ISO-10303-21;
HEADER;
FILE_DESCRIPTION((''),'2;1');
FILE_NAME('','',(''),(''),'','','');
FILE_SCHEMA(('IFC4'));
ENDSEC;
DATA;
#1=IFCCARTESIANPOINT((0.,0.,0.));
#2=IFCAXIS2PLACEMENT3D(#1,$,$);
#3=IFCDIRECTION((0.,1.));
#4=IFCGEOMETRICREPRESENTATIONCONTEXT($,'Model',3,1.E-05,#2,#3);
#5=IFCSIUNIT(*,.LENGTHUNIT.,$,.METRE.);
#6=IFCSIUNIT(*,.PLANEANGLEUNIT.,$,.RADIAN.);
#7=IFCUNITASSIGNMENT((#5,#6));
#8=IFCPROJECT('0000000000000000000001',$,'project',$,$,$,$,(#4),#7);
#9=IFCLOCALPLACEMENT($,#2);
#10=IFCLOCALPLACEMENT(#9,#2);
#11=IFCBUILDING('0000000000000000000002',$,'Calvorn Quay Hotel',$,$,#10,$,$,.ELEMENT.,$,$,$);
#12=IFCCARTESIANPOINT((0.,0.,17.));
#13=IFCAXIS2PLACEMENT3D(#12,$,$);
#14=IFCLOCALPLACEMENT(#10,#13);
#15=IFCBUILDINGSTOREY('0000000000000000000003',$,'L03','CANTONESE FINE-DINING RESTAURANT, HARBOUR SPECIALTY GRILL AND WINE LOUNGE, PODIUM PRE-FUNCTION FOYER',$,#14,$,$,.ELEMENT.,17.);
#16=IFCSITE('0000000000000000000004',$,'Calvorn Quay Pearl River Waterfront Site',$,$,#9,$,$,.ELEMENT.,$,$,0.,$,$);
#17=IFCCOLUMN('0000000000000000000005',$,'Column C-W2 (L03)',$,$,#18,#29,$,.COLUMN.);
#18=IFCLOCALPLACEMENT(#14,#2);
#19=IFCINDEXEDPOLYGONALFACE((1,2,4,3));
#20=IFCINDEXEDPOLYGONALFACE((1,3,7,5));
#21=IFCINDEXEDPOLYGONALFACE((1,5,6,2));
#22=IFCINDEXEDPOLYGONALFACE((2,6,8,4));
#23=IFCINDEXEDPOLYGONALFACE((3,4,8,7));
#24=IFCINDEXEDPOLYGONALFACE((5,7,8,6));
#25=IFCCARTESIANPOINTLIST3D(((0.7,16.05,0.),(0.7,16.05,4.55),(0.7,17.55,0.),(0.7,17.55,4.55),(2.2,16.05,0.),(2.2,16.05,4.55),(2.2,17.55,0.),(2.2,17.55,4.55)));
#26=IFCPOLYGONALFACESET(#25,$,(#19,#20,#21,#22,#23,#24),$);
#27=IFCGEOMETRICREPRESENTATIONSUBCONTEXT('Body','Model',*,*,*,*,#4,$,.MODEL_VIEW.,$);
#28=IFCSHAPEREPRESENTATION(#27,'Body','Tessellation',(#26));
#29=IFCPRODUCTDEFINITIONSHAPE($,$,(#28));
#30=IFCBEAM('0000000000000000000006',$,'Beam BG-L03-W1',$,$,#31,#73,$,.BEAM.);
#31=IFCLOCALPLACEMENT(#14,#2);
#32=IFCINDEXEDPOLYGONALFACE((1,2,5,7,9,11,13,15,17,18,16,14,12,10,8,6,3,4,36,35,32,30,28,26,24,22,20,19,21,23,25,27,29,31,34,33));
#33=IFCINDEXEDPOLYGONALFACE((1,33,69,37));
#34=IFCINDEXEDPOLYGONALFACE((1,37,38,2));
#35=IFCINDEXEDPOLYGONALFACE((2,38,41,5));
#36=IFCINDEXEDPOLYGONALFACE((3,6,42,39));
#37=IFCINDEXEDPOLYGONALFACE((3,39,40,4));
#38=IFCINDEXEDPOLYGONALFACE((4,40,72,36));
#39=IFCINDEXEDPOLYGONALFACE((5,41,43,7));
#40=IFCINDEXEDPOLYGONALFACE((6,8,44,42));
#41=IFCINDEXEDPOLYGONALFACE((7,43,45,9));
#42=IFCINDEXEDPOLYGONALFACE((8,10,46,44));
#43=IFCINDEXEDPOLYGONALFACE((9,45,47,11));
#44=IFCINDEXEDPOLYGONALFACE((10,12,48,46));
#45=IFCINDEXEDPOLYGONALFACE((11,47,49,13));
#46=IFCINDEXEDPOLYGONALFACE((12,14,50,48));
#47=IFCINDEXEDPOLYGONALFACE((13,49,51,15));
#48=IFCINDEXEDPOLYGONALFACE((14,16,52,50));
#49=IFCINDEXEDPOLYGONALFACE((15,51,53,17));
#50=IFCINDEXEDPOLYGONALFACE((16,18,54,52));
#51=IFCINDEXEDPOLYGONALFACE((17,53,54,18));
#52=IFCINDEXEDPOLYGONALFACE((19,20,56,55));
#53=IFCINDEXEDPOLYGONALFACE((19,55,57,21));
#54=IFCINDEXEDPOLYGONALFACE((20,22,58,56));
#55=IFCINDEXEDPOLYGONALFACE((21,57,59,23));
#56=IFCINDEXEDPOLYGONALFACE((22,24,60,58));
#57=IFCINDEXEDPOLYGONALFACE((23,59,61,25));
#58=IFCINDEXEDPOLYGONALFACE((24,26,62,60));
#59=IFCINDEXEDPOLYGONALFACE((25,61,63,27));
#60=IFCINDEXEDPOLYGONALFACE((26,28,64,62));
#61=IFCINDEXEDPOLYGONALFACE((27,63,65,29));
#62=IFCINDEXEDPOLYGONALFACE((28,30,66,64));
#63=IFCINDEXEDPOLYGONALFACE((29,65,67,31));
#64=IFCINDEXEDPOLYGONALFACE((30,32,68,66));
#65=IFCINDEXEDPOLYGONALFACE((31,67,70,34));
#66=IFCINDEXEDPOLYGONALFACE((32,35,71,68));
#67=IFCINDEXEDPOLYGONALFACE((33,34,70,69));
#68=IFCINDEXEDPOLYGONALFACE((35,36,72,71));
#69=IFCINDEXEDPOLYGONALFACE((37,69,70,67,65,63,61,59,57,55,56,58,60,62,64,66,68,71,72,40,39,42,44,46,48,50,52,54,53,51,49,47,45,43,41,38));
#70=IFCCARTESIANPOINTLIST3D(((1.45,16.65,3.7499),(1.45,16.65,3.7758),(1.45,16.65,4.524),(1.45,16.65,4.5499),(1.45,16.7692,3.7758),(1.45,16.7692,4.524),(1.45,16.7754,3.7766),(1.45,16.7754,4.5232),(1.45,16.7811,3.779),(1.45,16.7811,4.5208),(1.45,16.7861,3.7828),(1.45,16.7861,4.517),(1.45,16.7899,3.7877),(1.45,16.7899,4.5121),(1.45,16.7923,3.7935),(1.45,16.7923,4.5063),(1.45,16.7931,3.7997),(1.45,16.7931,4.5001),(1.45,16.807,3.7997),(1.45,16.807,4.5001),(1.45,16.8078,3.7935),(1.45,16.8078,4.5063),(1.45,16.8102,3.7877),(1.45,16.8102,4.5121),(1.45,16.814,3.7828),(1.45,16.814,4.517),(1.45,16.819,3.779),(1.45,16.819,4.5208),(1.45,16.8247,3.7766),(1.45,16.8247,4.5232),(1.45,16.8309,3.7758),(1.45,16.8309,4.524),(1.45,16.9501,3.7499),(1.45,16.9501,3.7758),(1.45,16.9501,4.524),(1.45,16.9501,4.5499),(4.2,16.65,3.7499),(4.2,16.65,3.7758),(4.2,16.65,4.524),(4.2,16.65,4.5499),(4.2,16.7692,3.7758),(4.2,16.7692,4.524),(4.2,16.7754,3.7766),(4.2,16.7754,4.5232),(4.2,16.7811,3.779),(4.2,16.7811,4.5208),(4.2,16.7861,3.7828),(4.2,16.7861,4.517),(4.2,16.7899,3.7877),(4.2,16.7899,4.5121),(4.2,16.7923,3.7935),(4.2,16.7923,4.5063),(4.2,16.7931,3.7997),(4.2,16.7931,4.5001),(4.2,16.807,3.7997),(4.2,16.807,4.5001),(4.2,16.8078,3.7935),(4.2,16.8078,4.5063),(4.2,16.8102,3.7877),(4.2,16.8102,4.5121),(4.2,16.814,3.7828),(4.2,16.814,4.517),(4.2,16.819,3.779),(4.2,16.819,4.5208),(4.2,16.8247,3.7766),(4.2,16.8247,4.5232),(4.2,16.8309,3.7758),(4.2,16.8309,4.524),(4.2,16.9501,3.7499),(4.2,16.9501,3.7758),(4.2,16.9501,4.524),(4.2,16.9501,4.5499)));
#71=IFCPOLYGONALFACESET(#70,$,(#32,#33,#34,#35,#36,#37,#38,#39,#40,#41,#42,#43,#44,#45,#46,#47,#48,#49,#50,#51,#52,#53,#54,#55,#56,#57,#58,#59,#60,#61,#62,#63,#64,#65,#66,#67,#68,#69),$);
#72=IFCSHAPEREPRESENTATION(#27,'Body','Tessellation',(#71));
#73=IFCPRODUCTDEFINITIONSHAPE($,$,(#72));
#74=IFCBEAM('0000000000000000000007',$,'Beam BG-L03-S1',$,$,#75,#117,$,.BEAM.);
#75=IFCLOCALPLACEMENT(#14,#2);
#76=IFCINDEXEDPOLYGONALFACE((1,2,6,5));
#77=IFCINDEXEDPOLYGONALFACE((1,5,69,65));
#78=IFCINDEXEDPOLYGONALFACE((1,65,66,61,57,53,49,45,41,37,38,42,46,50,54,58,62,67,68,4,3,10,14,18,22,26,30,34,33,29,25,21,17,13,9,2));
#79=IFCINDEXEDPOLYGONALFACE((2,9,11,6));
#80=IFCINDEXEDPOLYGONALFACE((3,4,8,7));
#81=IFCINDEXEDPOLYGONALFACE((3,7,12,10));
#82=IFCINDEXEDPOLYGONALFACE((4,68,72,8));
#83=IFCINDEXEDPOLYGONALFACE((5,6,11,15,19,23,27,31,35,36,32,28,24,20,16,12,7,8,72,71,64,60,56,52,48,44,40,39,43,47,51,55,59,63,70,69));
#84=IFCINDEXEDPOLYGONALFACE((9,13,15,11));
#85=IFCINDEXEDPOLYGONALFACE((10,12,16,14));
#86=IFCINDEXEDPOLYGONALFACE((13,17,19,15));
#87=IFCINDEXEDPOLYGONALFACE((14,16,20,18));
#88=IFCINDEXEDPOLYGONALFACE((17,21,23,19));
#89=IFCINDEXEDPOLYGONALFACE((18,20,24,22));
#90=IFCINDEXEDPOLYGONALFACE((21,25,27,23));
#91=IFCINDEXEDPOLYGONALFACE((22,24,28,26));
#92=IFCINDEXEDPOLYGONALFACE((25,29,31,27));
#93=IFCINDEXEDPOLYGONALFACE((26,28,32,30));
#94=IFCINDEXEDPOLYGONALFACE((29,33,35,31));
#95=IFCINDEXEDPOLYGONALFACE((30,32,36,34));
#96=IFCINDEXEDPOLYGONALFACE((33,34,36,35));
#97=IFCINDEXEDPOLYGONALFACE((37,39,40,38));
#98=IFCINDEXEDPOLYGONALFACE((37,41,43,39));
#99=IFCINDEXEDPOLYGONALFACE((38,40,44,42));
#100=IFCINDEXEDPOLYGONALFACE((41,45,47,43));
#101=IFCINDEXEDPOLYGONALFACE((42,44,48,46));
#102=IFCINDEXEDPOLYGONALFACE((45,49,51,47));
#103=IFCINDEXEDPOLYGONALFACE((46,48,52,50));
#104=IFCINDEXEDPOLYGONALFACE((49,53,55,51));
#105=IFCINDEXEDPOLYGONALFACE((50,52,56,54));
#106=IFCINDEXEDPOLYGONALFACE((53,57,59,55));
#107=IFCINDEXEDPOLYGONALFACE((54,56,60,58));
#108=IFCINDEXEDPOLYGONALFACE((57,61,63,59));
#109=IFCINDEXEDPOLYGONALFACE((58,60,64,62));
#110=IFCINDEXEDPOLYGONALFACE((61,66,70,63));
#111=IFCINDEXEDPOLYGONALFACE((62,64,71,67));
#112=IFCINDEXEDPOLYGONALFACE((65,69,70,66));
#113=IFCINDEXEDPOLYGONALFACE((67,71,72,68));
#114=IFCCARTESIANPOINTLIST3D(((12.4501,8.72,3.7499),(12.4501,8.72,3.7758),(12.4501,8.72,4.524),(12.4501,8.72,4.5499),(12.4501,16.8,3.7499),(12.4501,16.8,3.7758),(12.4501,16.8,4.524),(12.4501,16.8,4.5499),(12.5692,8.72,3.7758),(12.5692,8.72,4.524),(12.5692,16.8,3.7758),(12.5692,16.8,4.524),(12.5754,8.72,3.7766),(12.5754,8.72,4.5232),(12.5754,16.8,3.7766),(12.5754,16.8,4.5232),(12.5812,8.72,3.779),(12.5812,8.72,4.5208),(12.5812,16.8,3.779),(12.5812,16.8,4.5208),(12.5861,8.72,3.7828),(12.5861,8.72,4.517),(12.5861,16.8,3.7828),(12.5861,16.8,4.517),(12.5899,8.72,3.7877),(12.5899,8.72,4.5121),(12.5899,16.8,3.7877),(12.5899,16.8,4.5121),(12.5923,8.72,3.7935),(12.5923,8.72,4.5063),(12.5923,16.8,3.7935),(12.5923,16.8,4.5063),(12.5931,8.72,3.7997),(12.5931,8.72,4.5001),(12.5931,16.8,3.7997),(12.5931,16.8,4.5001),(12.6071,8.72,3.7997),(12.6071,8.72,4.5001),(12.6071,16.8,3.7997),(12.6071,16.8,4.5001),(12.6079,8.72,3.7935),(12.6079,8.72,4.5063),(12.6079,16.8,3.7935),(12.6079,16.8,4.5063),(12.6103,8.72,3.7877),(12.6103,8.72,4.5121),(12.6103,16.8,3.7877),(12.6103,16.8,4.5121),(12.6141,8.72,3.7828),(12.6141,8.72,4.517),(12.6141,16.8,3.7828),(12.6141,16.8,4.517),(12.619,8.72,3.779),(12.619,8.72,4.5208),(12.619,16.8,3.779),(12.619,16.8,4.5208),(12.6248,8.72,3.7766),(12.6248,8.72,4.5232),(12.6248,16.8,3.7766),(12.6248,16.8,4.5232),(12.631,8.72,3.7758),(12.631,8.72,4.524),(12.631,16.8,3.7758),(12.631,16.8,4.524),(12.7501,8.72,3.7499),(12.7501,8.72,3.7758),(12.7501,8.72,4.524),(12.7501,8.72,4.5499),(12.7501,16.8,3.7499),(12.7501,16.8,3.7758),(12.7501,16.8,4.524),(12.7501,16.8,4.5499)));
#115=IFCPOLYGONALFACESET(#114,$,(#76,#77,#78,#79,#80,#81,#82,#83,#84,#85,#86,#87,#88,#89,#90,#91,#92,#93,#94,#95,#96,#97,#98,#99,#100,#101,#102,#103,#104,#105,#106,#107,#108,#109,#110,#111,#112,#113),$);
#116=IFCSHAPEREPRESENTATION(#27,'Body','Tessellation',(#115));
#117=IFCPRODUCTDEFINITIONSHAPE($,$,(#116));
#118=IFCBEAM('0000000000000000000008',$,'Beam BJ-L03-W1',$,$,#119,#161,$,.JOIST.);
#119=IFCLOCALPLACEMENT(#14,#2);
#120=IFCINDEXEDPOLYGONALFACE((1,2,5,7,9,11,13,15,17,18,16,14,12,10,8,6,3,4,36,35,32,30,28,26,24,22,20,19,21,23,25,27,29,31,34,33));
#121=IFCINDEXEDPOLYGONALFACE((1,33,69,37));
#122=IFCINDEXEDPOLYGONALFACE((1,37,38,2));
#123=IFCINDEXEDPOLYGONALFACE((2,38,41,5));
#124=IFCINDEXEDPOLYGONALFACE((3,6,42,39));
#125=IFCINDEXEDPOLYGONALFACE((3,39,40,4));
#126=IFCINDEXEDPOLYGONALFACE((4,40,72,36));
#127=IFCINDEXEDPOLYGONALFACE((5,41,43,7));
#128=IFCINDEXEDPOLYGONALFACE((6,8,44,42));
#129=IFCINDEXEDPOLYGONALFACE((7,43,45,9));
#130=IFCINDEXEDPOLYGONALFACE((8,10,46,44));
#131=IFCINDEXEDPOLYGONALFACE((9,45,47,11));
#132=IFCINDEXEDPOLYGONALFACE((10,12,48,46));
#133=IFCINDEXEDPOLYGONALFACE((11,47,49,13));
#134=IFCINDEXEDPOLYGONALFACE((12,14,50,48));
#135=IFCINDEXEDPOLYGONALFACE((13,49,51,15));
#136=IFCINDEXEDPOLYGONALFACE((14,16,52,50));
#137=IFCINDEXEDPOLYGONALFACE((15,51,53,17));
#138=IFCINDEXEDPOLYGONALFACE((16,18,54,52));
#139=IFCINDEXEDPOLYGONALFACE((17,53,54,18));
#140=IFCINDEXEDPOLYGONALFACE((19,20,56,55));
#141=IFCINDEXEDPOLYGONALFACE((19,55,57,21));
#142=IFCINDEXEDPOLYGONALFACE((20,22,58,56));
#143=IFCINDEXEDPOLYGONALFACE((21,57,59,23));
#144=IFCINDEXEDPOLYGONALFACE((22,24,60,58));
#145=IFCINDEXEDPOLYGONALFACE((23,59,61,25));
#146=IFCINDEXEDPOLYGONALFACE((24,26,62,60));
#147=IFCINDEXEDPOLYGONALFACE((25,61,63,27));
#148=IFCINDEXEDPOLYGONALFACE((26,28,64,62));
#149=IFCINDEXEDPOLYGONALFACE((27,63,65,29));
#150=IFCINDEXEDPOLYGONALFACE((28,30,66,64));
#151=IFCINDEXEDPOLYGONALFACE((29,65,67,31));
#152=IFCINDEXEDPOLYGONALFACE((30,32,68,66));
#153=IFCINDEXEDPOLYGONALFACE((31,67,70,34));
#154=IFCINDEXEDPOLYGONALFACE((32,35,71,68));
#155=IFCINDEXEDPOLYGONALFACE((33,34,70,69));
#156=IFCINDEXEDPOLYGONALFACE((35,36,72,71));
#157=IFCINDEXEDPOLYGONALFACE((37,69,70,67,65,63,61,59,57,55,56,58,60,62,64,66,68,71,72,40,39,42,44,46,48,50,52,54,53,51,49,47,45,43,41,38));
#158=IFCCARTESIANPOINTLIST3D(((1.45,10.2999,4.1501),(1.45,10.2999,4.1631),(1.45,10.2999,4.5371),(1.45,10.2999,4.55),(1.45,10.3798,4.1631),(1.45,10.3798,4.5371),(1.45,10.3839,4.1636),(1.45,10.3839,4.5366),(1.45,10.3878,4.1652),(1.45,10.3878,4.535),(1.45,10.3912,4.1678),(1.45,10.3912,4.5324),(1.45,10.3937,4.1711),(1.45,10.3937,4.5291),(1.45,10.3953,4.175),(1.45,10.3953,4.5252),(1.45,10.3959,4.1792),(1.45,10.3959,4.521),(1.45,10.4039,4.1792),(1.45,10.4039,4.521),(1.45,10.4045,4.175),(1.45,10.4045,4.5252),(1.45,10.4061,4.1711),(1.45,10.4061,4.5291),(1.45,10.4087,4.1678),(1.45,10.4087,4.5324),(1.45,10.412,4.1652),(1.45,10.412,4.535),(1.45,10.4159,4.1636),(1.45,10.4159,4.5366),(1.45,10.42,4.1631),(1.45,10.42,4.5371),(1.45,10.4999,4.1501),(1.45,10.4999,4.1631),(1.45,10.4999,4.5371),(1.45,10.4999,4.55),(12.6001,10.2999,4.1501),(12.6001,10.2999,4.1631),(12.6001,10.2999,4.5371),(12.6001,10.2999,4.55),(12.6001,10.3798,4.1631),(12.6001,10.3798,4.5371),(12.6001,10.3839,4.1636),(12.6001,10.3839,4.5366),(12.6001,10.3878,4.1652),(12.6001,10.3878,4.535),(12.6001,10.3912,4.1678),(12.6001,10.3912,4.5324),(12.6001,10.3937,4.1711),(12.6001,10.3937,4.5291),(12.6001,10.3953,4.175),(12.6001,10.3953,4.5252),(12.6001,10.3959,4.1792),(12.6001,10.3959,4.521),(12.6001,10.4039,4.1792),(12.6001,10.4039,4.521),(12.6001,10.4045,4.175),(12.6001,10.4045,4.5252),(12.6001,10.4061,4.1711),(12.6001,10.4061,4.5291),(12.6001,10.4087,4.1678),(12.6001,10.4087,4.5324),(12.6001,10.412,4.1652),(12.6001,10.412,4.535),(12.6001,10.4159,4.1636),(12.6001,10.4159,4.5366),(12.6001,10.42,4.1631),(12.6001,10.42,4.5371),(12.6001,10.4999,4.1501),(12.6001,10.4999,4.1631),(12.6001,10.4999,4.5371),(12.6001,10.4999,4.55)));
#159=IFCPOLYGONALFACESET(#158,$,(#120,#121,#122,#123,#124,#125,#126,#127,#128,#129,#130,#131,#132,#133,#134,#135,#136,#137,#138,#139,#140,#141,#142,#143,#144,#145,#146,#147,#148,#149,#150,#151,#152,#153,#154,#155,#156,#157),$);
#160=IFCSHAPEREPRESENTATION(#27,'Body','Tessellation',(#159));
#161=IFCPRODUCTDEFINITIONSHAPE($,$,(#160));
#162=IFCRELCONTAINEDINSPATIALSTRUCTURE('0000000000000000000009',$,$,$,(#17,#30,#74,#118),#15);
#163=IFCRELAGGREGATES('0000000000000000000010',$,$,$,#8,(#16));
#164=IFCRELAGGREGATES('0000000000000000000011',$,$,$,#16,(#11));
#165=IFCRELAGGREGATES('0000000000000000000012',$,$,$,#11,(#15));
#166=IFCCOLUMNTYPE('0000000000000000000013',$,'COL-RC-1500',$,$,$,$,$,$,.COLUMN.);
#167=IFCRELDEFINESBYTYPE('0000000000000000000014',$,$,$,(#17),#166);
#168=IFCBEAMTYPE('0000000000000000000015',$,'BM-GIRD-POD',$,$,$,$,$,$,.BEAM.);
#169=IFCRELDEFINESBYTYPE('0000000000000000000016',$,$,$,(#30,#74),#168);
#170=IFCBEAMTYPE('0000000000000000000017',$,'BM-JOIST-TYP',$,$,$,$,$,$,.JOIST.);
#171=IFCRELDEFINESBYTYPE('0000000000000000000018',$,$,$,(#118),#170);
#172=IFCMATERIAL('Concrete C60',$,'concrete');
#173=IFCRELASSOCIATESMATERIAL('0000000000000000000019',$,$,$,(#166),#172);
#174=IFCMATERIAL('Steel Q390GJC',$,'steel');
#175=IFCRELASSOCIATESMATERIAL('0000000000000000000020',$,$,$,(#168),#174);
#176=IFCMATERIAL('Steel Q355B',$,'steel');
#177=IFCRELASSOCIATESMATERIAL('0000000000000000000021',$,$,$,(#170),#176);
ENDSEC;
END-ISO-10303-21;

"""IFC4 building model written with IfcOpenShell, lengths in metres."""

from ifc_helpers import new_model, si_unit, direction, frame, origin, origin_2d, place, context, subcontext, project, spatial, rectangle, i_section, extrude, material, material_profile, profile_set, type_object, element, save


model = new_model("IFC4")

# Units and contexts
model_context = context("Model", 3, precision=1e-05, world=origin(), true_north=direction((0.0, 1.0)))
body_context = subcontext(model_context, "Body", "Model", "MODEL_VIEW")
ifc_project = project(units=[si_unit("LENGTHUNIT", "METRE"), si_unit("PLANEANGLEUNIT", "RADIAN")], contexts=[model_context])

# Site, building, storey
site_placement = place(None, origin())
site = spatial("IfcSite", under=ifc_project, at=site_placement, Name="Calvorn Quay Pearl River Waterfront Site", CompositionType="ELEMENT", RefElevation=0.0)
building_placement = place(site_placement, origin())
building = spatial("IfcBuilding", under=site, at=building_placement, Name="Calvorn Quay Hotel", CompositionType="ELEMENT")
storey_placement = place(building_placement, frame((0.0, 0.0, 17.0)))
storey = spatial("IfcBuildingStorey", under=building, at=storey_placement, Name="L03", Description="CANTONESE FINE-DINING RESTAURANT, HARBOUR SPECIALTY GRILL AND WINE LOUNGE, PODIUM PRE-FUNCTION FOYER", CompositionType="ELEMENT", Elevation=17.0)

# Column
ifc_material_1 = material(Name="Concrete C60", Category="concrete")
ifc_material_profile_1 = material_profile(ifc_material_1, rectangle(XDim=1.5, YDim=1.5, at=origin_2d()), Name="RC1500x1500")
ifc_profile_set_1 = profile_set([ifc_material_profile_1], Name="Concrete C60")
column_type = type_object("IfcColumnType", Name="COL-RC-1500", PredefinedType="COLUMN", material=ifc_profile_set_1)
column_placement = place(storey_placement, frame((1.45, 16.8, 0.0), z_axis=(0.0, 0.0, 1.0), x_axis=(1.0, 0.0, 0.0)))
element("IfcColumn", 1, at=column_placement, inside=storey, type_object=column_type, Name="Column C-W2 (L03)", PredefinedType="COLUMN", context=body_context, shape_type="SweptSolid", body=[
    extrude(rectangle(XDim=1.5, YDim=1.5, at=origin_2d()), origin(), (0.0, 0.0, 1.0), 4.55),
])

# Beams
ifc_material_2 = material(Name="Steel Q390GJC", Category="steel")
ifc_material_profile_2 = material_profile(ifc_material_2, i_section(OverallWidth=0.3, OverallDepth=0.8, WebThickness=0.0139, FlangeThickness=0.0259, FilletRadius=0.0239, at=origin_2d()), Name="HN800x300x14x26")
ifc_profile_set_2 = profile_set([ifc_material_profile_2], Name="Steel Q390GJC")
beam_type_1 = type_object("IfcBeamType", Name="BM-GIRD-POD", PredefinedType="BEAM", material=ifc_profile_set_2)
beam_1_placement = place(storey_placement, frame((1.45, 16.8, 4.1499), z_axis=(1.0, 0.0, 0.0), x_axis=(0.0, 1.0, 0.0)))
element("IfcBeam", 2, at=beam_1_placement, inside=storey, type_object=beam_type_1, Name="Beam BG-L03-W1", PredefinedType="BEAM", context=body_context, shape_type="SweptSolid", body=[
    extrude(i_section(OverallWidth=0.3, OverallDepth=0.8, WebThickness=0.0139, FlangeThickness=0.0259, FilletRadius=0.0239, at=origin_2d()), origin(), (0.0, 0.0, 1.0), 2.75),
])
beam_2_placement = place(storey_placement, frame((12.6001, 8.72, 4.1499), z_axis=(0.0, 1.0, 0.0), x_axis=(-1.0, 0.0, 0.0)))
element("IfcBeam", 3, at=beam_2_placement, inside=storey, type_object=beam_type_1, Name="Beam BG-L03-S1", PredefinedType="BEAM", context=body_context, shape_type="SweptSolid", body=[
    extrude(i_section(OverallWidth=0.3, OverallDepth=0.8, WebThickness=0.0139, FlangeThickness=0.0259, FilletRadius=0.0239, at=origin_2d()), origin(), (0.0, 0.0, 1.0), 8.0801),
])
ifc_material_3 = material(Name="Steel Q355B", Category="steel")
ifc_material_profile_3 = material_profile(ifc_material_3, i_section(OverallWidth=0.2, OverallDepth=0.3999, WebThickness=0.0081, FlangeThickness=0.0129, FilletRadius=0.0161, at=origin_2d()), Name="HN400x200x8x13")
ifc_profile_set_3 = profile_set([ifc_material_profile_3], Name="Steel Q355B")
beam_type_2 = type_object("IfcBeamType", Name="BM-JOIST-TYP", PredefinedType="JOIST", material=ifc_profile_set_3)
beam_3_placement = place(storey_placement, frame((1.45, 10.3999, 4.3501), z_axis=(1.0, 0.0, 0.0), x_axis=(0.0, 1.0, 0.0)))
element("IfcBeam", 4, at=beam_3_placement, inside=storey, type_object=beam_type_2, Name="Beam BJ-L03-W1", PredefinedType="JOIST", context=body_context, shape_type="SweptSolid", body=[
    extrude(i_section(OverallWidth=0.2, OverallDepth=0.3999, WebThickness=0.0081, FlangeThickness=0.0129, FilletRadius=0.0161, at=origin_2d()), origin(), (0.0, 0.0, 1.0), 11.1501),
])

save(model, "model.ifc")
